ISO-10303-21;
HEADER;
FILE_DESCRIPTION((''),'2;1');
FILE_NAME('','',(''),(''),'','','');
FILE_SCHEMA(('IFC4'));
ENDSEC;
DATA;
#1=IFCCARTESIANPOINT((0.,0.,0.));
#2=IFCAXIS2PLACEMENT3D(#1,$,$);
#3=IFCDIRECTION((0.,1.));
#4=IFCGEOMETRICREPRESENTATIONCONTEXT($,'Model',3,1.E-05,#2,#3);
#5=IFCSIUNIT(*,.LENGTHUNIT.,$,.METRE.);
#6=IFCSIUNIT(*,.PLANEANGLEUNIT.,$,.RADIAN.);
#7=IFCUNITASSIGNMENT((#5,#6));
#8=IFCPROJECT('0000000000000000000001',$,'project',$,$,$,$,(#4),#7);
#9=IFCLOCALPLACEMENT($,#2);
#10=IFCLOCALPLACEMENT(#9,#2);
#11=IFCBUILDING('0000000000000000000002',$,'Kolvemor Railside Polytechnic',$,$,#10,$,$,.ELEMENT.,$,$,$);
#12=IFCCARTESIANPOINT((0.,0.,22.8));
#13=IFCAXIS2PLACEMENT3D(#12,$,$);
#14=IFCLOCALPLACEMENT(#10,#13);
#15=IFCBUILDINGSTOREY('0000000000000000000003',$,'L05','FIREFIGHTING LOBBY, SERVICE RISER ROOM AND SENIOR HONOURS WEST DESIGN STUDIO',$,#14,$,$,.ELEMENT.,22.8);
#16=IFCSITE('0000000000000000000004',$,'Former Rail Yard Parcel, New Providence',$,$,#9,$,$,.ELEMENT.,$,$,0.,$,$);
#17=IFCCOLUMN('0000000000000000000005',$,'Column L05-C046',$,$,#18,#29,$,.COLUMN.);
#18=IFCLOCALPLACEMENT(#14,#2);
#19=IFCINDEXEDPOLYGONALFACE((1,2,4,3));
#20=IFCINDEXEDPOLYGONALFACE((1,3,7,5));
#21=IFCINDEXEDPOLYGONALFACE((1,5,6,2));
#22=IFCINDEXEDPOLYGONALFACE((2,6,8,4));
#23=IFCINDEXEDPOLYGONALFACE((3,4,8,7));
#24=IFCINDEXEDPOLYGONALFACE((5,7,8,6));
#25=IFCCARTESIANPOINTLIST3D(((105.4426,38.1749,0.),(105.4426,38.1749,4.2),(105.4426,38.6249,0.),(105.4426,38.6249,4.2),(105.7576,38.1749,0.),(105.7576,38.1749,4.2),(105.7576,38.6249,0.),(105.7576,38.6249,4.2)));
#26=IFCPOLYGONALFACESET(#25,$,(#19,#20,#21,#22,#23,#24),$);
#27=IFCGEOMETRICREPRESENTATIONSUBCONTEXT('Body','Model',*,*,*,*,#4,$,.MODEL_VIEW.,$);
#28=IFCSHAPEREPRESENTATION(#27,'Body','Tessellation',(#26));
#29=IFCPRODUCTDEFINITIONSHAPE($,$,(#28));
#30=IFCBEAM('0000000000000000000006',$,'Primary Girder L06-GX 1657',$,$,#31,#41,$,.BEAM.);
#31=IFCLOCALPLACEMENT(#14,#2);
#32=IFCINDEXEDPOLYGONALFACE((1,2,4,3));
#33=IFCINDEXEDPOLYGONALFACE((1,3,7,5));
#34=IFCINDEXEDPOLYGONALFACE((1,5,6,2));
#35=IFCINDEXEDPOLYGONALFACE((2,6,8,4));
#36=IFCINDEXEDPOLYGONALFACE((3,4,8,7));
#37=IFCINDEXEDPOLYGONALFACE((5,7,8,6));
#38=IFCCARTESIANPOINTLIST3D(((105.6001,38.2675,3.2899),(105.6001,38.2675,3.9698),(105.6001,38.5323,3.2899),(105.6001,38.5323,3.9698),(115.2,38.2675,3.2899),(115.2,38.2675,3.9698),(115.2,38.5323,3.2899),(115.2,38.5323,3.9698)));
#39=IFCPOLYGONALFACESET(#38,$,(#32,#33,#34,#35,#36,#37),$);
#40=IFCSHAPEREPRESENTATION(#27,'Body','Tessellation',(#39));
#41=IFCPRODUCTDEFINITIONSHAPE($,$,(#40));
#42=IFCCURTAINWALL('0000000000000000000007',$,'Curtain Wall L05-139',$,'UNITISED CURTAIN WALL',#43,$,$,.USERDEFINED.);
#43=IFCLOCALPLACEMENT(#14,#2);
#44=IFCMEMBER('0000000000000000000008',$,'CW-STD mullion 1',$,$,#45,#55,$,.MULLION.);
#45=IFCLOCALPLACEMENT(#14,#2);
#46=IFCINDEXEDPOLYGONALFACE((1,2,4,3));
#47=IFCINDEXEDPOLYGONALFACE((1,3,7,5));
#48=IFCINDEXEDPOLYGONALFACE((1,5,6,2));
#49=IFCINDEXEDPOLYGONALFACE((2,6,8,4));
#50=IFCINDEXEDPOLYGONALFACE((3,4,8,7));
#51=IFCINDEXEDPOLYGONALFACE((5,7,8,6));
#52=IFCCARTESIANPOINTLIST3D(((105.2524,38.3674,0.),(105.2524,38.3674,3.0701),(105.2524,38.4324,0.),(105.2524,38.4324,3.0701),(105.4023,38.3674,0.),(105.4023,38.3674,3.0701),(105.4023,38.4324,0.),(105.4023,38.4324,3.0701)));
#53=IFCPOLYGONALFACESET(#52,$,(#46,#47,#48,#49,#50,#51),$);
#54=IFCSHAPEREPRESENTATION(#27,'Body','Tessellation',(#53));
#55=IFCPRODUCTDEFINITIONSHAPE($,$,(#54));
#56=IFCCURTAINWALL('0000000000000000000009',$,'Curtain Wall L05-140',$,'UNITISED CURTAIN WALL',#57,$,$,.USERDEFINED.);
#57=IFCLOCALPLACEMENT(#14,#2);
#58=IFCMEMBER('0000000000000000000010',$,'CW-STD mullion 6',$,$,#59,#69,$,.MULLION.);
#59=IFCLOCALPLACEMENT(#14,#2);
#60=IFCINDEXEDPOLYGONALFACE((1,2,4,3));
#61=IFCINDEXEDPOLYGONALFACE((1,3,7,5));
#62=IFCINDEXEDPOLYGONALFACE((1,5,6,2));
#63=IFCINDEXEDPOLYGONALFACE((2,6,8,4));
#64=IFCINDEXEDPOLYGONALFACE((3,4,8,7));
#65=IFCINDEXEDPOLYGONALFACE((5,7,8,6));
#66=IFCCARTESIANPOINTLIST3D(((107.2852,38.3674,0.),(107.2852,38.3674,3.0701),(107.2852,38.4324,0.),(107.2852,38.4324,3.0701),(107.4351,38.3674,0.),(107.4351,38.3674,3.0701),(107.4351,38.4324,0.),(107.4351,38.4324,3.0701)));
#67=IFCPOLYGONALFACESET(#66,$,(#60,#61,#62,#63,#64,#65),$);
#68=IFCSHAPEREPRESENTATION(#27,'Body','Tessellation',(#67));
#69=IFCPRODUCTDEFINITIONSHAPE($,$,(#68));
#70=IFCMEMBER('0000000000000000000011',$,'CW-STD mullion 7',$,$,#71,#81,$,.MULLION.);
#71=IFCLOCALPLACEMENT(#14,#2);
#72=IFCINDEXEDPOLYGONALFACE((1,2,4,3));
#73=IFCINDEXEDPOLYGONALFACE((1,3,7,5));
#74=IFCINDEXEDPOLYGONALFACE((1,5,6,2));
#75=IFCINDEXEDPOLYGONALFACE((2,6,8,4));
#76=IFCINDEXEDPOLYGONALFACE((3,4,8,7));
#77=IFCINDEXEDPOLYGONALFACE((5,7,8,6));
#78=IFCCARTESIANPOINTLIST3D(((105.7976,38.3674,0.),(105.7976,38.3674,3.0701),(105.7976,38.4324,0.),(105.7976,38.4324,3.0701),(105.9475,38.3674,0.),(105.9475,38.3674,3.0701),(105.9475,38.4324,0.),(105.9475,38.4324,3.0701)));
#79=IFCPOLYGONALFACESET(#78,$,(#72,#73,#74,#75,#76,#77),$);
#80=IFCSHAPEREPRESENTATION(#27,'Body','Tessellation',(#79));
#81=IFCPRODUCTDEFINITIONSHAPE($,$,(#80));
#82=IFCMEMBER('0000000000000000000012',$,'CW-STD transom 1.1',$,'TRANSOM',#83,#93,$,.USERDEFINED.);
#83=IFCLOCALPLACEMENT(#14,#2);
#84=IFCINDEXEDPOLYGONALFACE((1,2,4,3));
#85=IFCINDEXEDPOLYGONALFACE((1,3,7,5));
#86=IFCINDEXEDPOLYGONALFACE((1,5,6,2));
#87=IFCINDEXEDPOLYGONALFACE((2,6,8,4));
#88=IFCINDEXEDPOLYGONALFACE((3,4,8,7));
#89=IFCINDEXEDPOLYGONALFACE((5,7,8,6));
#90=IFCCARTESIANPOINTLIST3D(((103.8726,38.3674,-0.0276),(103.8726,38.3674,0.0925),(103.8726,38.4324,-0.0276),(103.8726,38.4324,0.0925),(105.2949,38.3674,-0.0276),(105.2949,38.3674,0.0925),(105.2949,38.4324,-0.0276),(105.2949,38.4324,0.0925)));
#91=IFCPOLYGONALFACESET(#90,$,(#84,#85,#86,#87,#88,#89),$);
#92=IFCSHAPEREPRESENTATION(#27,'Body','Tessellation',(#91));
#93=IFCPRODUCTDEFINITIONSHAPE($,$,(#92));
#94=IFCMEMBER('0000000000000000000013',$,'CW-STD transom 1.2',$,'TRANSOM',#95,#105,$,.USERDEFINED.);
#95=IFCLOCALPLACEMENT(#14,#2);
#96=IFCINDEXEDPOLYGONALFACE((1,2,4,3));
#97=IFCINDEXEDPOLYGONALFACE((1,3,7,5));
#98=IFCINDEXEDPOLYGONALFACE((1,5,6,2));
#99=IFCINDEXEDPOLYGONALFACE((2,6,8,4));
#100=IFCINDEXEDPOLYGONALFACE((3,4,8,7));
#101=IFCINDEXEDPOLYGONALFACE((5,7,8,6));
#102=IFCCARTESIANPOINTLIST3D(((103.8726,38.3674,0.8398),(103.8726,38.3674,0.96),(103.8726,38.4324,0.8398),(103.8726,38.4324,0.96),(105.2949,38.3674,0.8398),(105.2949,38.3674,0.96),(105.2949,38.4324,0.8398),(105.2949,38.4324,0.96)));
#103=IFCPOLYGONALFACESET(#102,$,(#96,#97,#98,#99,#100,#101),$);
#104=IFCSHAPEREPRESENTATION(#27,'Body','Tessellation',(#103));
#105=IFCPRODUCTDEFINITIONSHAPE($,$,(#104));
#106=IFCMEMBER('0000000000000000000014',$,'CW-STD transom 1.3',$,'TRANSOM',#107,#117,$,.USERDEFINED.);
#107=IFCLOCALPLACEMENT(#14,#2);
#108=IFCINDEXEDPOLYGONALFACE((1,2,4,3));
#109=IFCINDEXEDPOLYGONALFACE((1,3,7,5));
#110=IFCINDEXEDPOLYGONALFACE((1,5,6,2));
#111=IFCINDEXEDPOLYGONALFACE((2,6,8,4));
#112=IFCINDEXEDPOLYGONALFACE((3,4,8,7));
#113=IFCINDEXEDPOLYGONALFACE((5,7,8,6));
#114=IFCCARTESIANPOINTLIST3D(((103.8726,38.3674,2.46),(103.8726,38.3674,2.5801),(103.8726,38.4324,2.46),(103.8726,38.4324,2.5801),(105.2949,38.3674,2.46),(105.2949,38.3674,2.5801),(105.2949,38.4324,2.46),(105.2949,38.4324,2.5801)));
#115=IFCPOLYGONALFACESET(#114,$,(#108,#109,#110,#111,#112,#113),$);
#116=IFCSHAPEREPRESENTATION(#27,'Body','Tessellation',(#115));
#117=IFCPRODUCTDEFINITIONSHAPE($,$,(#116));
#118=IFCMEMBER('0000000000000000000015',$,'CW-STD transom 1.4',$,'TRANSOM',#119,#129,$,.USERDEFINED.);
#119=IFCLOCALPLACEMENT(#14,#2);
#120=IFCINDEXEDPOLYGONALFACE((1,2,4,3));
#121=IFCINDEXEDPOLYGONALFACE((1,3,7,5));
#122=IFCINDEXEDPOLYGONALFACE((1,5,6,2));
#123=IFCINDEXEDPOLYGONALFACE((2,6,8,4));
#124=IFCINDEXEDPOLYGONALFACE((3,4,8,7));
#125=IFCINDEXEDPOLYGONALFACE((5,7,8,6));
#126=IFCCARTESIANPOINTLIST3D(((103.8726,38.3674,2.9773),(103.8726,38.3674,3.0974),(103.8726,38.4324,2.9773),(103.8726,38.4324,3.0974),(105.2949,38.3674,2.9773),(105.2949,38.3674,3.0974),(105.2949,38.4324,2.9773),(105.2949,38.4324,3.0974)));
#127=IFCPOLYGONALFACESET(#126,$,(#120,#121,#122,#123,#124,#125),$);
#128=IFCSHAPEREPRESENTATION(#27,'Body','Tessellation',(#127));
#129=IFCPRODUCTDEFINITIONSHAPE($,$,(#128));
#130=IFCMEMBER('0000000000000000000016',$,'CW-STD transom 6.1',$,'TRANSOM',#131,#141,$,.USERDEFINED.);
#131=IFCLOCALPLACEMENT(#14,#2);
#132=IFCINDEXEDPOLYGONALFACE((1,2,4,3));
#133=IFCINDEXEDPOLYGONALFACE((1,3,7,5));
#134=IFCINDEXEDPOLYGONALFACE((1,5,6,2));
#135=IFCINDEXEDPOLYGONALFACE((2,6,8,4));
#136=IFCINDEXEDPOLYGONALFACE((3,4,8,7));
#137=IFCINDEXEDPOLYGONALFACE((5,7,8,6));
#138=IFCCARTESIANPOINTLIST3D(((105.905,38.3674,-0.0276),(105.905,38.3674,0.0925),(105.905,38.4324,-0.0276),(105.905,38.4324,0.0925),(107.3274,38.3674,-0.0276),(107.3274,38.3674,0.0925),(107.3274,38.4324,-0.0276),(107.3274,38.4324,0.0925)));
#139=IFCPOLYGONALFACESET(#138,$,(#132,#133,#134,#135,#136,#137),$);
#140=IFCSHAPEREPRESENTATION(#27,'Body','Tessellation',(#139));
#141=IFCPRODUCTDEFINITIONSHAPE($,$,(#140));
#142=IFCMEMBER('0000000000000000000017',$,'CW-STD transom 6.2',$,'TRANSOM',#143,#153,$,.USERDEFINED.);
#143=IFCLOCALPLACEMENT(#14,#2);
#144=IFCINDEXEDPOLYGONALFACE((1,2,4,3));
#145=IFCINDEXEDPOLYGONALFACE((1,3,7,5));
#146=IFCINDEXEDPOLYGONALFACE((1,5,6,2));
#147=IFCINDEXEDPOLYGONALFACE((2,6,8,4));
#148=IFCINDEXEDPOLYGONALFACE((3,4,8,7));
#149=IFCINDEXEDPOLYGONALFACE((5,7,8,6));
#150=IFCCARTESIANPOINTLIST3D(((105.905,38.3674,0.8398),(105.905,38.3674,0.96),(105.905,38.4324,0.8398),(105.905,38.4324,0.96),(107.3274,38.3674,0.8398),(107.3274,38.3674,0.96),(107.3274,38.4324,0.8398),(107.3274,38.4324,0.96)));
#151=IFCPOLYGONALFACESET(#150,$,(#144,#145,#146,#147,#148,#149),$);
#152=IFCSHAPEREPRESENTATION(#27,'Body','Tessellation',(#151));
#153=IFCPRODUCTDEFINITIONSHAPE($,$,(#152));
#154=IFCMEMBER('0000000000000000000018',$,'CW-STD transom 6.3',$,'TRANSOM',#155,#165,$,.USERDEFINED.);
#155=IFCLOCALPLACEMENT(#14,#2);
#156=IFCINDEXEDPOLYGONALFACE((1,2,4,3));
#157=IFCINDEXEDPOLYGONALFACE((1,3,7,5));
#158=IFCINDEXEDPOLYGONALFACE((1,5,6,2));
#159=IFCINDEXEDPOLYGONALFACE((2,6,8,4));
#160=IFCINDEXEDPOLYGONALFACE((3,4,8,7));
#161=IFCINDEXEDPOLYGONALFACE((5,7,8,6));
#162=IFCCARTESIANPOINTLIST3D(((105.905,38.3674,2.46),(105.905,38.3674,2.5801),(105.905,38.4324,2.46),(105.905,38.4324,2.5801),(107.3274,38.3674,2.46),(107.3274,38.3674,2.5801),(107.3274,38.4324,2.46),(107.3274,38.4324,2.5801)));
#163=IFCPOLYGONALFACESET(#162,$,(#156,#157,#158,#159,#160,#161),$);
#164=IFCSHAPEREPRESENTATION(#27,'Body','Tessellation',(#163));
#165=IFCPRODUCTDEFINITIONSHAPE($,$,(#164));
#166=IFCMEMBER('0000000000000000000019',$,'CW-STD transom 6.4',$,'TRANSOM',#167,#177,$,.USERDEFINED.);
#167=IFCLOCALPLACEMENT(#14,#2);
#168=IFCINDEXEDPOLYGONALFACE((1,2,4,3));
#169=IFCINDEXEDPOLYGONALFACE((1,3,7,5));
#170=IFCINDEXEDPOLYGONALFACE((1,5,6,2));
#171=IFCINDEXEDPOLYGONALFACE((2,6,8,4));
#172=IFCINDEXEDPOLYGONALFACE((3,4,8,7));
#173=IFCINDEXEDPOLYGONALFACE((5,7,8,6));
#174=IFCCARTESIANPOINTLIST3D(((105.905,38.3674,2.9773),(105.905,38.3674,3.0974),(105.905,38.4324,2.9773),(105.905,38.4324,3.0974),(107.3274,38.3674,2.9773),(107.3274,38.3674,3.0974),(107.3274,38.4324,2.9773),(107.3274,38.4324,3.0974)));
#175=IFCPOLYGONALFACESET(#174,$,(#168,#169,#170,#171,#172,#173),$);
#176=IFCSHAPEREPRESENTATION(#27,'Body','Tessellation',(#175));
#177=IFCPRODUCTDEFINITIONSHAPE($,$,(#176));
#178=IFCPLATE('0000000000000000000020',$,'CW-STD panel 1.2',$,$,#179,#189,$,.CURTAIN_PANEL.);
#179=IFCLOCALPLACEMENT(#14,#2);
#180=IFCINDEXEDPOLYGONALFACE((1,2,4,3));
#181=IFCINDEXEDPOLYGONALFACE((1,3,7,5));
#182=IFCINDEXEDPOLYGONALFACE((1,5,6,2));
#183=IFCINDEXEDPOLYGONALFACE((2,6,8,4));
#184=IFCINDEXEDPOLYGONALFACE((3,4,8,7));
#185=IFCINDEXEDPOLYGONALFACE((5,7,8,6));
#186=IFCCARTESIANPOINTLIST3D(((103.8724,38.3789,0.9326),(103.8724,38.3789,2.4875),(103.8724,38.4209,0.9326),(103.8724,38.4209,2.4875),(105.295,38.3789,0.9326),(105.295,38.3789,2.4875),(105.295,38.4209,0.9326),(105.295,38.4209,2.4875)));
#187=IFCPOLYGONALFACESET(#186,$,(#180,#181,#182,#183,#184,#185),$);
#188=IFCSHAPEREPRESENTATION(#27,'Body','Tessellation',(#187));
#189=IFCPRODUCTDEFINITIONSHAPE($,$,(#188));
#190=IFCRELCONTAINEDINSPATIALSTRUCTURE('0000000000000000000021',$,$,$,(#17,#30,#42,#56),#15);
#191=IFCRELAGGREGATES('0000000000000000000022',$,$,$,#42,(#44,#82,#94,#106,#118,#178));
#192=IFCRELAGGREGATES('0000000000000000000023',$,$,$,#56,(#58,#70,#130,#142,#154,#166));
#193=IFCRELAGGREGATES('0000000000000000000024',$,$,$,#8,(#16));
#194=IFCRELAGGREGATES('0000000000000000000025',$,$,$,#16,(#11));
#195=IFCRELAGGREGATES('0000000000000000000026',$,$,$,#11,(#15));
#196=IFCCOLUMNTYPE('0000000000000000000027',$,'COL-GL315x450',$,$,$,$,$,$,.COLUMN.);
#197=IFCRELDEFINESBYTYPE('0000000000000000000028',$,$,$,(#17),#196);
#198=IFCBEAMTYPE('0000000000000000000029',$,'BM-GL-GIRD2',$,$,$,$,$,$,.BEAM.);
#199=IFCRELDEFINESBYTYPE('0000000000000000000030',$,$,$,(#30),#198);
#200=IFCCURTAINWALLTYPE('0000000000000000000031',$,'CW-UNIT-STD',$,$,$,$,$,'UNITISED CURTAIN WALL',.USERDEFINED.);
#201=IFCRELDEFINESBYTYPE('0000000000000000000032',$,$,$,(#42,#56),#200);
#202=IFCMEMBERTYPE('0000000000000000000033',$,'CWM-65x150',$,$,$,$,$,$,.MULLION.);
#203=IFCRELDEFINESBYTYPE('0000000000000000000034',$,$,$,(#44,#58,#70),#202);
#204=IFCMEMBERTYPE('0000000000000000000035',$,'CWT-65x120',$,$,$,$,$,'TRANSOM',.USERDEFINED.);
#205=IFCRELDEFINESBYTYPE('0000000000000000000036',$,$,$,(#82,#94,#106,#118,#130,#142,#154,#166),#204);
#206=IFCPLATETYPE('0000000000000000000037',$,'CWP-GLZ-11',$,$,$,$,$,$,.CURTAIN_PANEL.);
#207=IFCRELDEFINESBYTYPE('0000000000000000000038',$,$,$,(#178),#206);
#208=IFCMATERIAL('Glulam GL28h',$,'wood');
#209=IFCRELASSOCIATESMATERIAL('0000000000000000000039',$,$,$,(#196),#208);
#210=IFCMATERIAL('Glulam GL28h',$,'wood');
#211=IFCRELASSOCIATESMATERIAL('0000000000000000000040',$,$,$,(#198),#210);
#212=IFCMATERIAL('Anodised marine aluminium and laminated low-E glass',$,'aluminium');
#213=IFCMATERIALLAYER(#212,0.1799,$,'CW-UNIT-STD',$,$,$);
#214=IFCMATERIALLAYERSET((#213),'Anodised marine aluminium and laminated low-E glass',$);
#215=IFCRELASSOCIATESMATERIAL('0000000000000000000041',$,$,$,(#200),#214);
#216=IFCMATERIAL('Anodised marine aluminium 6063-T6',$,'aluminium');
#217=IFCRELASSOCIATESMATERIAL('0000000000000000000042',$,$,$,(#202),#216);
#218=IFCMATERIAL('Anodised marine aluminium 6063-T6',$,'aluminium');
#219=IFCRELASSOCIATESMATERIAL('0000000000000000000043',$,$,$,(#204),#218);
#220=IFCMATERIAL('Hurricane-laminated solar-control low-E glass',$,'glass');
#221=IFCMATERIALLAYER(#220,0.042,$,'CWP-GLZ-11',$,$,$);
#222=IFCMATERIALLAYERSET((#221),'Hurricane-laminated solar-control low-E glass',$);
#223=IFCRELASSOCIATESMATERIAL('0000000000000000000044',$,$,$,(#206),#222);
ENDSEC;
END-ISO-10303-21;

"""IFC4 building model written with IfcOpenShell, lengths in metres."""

from ifc_helpers import new_model, si_unit, direction, frame, origin, origin_2d, place, context, subcontext, project, spatial, rectangle, extrude, material, layer, layer_set, material_profile, profile_set, type_object, element, aggregate, save


model = new_model("IFC4")

# Units and contexts
model_context = context("Model", 3, precision=1e-05, world=origin(), true_north=direction((0.0, 1.0)))
body_context = subcontext(model_context, "Body", "Model", "MODEL_VIEW")
ifc_project = project(units=[si_unit("LENGTHUNIT", "METRE"), si_unit("PLANEANGLEUNIT", "RADIAN")], contexts=[model_context])

# Site, building, storey
site_placement = place(None, origin())
site = spatial("IfcSite", under=ifc_project, at=site_placement, Name="Former Rail Yard Parcel, New Providence", CompositionType="ELEMENT", RefElevation=0.0)
building_placement = place(site_placement, origin())
building = spatial("IfcBuilding", under=site, at=building_placement, Name="Kolvemor Railside Polytechnic", CompositionType="ELEMENT")
storey_placement = place(building_placement, frame((0.0, 0.0, 22.8)))
storey = spatial("IfcBuildingStorey", under=building, at=storey_placement, Name="L05", Description="FIREFIGHTING LOBBY, SERVICE RISER ROOM AND SENIOR HONOURS WEST DESIGN STUDIO", CompositionType="ELEMENT", Elevation=22.8)

# Column
ifc_material_1 = material(Name="Glulam GL28h", Category="wood")
ifc_material_profile_1 = material_profile(ifc_material_1, rectangle(XDim=0.3149, YDim=0.45, at=origin_2d()), Name="GL315x450")
ifc_profile_set_1 = profile_set([ifc_material_profile_1], Name="Glulam GL28h")
column_type = type_object("IfcColumnType", Name="COL-GL315x450", PredefinedType="COLUMN", material=ifc_profile_set_1)
column_placement = place(storey_placement, frame((105.6001, 38.3999, 0.0), z_axis=(0.0, 0.0, 1.0), x_axis=(1.0, 0.0, 0.0)))
element("IfcColumn", 1, at=column_placement, inside=storey, type_object=column_type, Name="Column L05-C046", PredefinedType="COLUMN", context=body_context, shape_type="SweptSolid", body=[
    extrude(rectangle(XDim=0.3149, YDim=0.45, at=origin_2d()), origin(), (0.0, 0.0, 1.0), 4.2),
])

# Beam
ifc_material_2 = material(Name="Glulam GL28h", Category="wood")
ifc_material_profile_2 = material_profile(ifc_material_2, rectangle(XDim=0.2649, YDim=0.6799, at=origin_2d()), Name="GL265x680")
ifc_profile_set_2 = profile_set([ifc_material_profile_2], Name="Glulam GL28h")
beam_type = type_object("IfcBeamType", Name="BM-GL-GIRD2", PredefinedType="BEAM", material=ifc_profile_set_2)
beam_placement = place(storey_placement, frame((105.6001, 38.3999, 3.6299), z_axis=(1.0, 0.0, 0.0), x_axis=(0.0, 1.0, 0.0)))
element("IfcBeam", 2, at=beam_placement, inside=storey, type_object=beam_type, Name="Primary Girder L06-GX 1657", PredefinedType="BEAM", context=body_context, shape_type="SweptSolid", body=[
    extrude(rectangle(XDim=0.2649, YDim=0.6799, at=origin_2d()), origin(), (0.0, 0.0, 1.0), 9.5999),
])

# Curtain wall, member
ifc_material_3 = material(Name="Anodised marine aluminium and laminated low-E glass", Category="aluminium")
ifc_layer_1 = layer(ifc_material_3, 0.1799, Name="CW-UNIT-STD")
ifc_layer_set_1 = layer_set([ifc_layer_1], Name="Anodised marine aluminium and laminated low-E glass")
curtain_wall_type = type_object("IfcCurtainWallType", Name="CW-UNIT-STD", ElementType="UNITISED CURTAIN WALL", PredefinedType="USERDEFINED", material=ifc_layer_set_1)
curtain_wall_1_placement = place(storey_placement, origin())
curtain_wall_1 = element("IfcCurtainWall", 3, at=curtain_wall_1_placement, inside=storey, type_object=curtain_wall_type, Name="Curtain Wall L05-139", ObjectType="UNITISED CURTAIN WALL", PredefinedType="USERDEFINED")
ifc_material_4 = material(Name="Anodised marine aluminium 6063-T6", Category="aluminium")
ifc_material_profile_3 = material_profile(ifc_material_4, rectangle(XDim=0.0649, YDim=0.1499, at=origin_2d()), Name="CW-MUL-65x150")
ifc_profile_set_3 = profile_set([ifc_material_profile_3], Name="Anodised marine aluminium 6063-T6")
member_type_1 = type_object("IfcMemberType", Name="CWM-65x150", PredefinedType="MULLION", material=ifc_profile_set_3)
member_1_placement = place(storey_placement, frame((105.3274, 38.3999, 0.0), z_axis=(0.0, 0.0, 1.0), x_axis=(0.0, -1.0, 0.0)))
member_1 = element("IfcMember", 4, at=member_1_placement, type_object=member_type_1, Name="CW-STD mullion 1", PredefinedType="MULLION", context=body_context, shape_type="SweptSolid", body=[
    extrude(rectangle(XDim=0.0649, YDim=0.1499, at=origin_2d()), origin(), (0.0, 0.0, 1.0), 3.0701),
])

# Curtain wall, members
curtain_wall_2_placement = place(storey_placement, origin())
curtain_wall_2 = element("IfcCurtainWall", 5, at=curtain_wall_2_placement, inside=storey, type_object=curtain_wall_type, Name="Curtain Wall L05-140", ObjectType="UNITISED CURTAIN WALL", PredefinedType="USERDEFINED")
member_2_placement = place(storey_placement, frame((107.3601, 38.3999, 0.0), z_axis=(0.0, 0.0, 1.0), x_axis=(0.0, -1.0, 0.0)))
member_2 = element("IfcMember", 6, at=member_2_placement, type_object=member_type_1, Name="CW-STD mullion 6", PredefinedType="MULLION", context=body_context, shape_type="SweptSolid", body=[
    extrude(rectangle(XDim=0.0649, YDim=0.1499, at=origin_2d()), origin(), (0.0, 0.0, 1.0), 3.0701),
])
member_3_placement = place(storey_placement, frame((105.8726, 38.3999, 0.0), z_axis=(0.0, 0.0, 1.0), x_axis=(0.0, -1.0, 0.0)))
member_3 = element("IfcMember", 7, at=member_3_placement, type_object=member_type_1, Name="CW-STD mullion 7", PredefinedType="MULLION", context=body_context, shape_type="SweptSolid", body=[
    extrude(rectangle(XDim=0.0649, YDim=0.1499, at=origin_2d()), origin(), (0.0, 0.0, 1.0), 3.0701),
])

# Members
ifc_material_5 = material(Name="Anodised marine aluminium 6063-T6", Category="aluminium")
ifc_material_profile_4 = material_profile(ifc_material_5, rectangle(XDim=0.0649, YDim=0.1201, at=origin_2d()), Name="CW-TRN-65x120")
ifc_profile_set_4 = profile_set([ifc_material_profile_4], Name="Anodised marine aluminium 6063-T6")
member_type_2 = type_object("IfcMemberType", Name="CWT-65x120", ElementType="TRANSOM", PredefinedType="USERDEFINED", material=ifc_profile_set_4)
member_4_placement = place(storey_placement, frame((105.2949, 38.3999, 0.0325), z_axis=(-1.0, 0.0, 0.0), x_axis=(0.0, -1.0, 0.0)))
member_4 = element("IfcMember", 8, at=member_4_placement, type_object=member_type_2, Name="CW-STD transom 1.1", ObjectType="TRANSOM", PredefinedType="USERDEFINED", context=body_context, shape_type="SweptSolid", body=[
    extrude(rectangle(XDim=0.0649, YDim=0.1201, at=origin_2d()), origin(), (0.0, 0.0, 1.0), 1.4224),
])
member_5_placement = place(storey_placement, frame((105.2949, 38.3999, 0.8999), z_axis=(-1.0, 0.0, 0.0), x_axis=(0.0, -1.0, 0.0)))
member_5 = element("IfcMember", 9, at=member_5_placement, type_object=member_type_2, Name="CW-STD transom 1.2", ObjectType="TRANSOM", PredefinedType="USERDEFINED", context=body_context, shape_type="SweptSolid", body=[
    extrude(rectangle(XDim=0.0649, YDim=0.1201, at=origin_2d()), origin(), (0.0, 0.0, 1.0), 1.4224),
])
member_6_placement = place(storey_placement, frame((105.2949, 38.3999, 2.52), z_axis=(-1.0, 0.0, 0.0), x_axis=(0.0, -1.0, 0.0)))
member_6 = element("IfcMember", 10, at=member_6_placement, type_object=member_type_2, Name="CW-STD transom 1.3", ObjectType="TRANSOM", PredefinedType="USERDEFINED", context=body_context, shape_type="SweptSolid", body=[
    extrude(rectangle(XDim=0.0649, YDim=0.1201, at=origin_2d()), origin(), (0.0, 0.0, 1.0), 1.4224),
])
member_7_placement = place(storey_placement, frame((105.2949, 38.3999, 3.0374), z_axis=(-1.0, 0.0, 0.0), x_axis=(0.0, -1.0, 0.0)))
member_7 = element("IfcMember", 11, at=member_7_placement, type_object=member_type_2, Name="CW-STD transom 1.4", ObjectType="TRANSOM", PredefinedType="USERDEFINED", context=body_context, shape_type="SweptSolid", body=[
    extrude(rectangle(XDim=0.0649, YDim=0.1201, at=origin_2d()), origin(), (0.0, 0.0, 1.0), 1.4224),
])
member_8_placement = place(storey_placement, frame((107.3274, 38.3999, 0.0325), z_axis=(-1.0, 0.0, 0.0), x_axis=(0.0, -1.0, 0.0)))
member_8 = element("IfcMember", 12, at=member_8_placement, type_object=member_type_2, Name="CW-STD transom 6.1", ObjectType="TRANSOM", PredefinedType="USERDEFINED", context=body_context, shape_type="SweptSolid", body=[
    extrude(rectangle(XDim=0.0649, YDim=0.1201, at=origin_2d()), origin(), (0.0, 0.0, 1.0), 1.4224),
])
member_9_placement = place(storey_placement, frame((107.3274, 38.3999, 0.8999), z_axis=(-1.0, 0.0, 0.0), x_axis=(0.0, -1.0, 0.0)))
member_9 = element("IfcMember", 13, at=member_9_placement, type_object=member_type_2, Name="CW-STD transom 6.2", ObjectType="TRANSOM", PredefinedType="USERDEFINED", context=body_context, shape_type="SweptSolid", body=[
    extrude(rectangle(XDim=0.0649, YDim=0.1201, at=origin_2d()), origin(), (0.0, 0.0, 1.0), 1.4224),
])
member_10_placement = place(storey_placement, frame((107.3274, 38.3999, 2.52), z_axis=(-1.0, 0.0, 0.0), x_axis=(0.0, -1.0, 0.0)))
member_10 = element("IfcMember", 14, at=member_10_placement, type_object=member_type_2, Name="CW-STD transom 6.3", ObjectType="TRANSOM", PredefinedType="USERDEFINED", context=body_context, shape_type="SweptSolid", body=[
    extrude(rectangle(XDim=0.0649, YDim=0.1201, at=origin_2d()), origin(), (0.0, 0.0, 1.0), 1.4224),
])
member_11_placement = place(storey_placement, frame((107.3274, 38.3999, 3.0374), z_axis=(-1.0, 0.0, 0.0), x_axis=(0.0, -1.0, 0.0)))
member_11 = element("IfcMember", 15, at=member_11_placement, type_object=member_type_2, Name="CW-STD transom 6.4", ObjectType="TRANSOM", PredefinedType="USERDEFINED", context=body_context, shape_type="SweptSolid", body=[
    extrude(rectangle(XDim=0.0649, YDim=0.1201, at=origin_2d()), origin(), (0.0, 0.0, 1.0), 1.4224),
])

# Plate
ifc_material_6 = material(Name="Hurricane-laminated solar-control low-E glass", Category="glass")
ifc_layer_2 = layer(ifc_material_6, 0.042, Name="CWP-GLZ-11")
ifc_layer_set_2 = layer_set([ifc_layer_2], Name="Hurricane-laminated solar-control low-E glass")
plate_type_1 = type_object("IfcPlateType", Name="CWP-GLZ-11", PredefinedType="CURTAIN_PANEL", material=ifc_layer_set_2)
plate_1_placement = place(storey_placement, frame((104.5837, 38.3999, 0.9326), z_axis=(0.0, 0.0, 1.0), x_axis=(-1.0, 0.0, 0.0)))
plate_1 = element("IfcPlate", 16, at=plate_1_placement, type_object=plate_type_1, Name="CW-STD panel 1.2", PredefinedType="CURTAIN_PANEL", context=body_context, shape_type="SweptSolid", body=[
    extrude(rectangle(XDim=1.4226, YDim=0.042, at=origin_2d()), origin(), (0.0, 0.0, 1.0), 1.5549),
])
aggregate(curtain_wall_1, [member_1, member_4, member_5, member_6, member_7, plate_1])
aggregate(curtain_wall_2, [member_2, member_3, member_8, member_9, member_10, member_11])

save(model, "model.ifc")
